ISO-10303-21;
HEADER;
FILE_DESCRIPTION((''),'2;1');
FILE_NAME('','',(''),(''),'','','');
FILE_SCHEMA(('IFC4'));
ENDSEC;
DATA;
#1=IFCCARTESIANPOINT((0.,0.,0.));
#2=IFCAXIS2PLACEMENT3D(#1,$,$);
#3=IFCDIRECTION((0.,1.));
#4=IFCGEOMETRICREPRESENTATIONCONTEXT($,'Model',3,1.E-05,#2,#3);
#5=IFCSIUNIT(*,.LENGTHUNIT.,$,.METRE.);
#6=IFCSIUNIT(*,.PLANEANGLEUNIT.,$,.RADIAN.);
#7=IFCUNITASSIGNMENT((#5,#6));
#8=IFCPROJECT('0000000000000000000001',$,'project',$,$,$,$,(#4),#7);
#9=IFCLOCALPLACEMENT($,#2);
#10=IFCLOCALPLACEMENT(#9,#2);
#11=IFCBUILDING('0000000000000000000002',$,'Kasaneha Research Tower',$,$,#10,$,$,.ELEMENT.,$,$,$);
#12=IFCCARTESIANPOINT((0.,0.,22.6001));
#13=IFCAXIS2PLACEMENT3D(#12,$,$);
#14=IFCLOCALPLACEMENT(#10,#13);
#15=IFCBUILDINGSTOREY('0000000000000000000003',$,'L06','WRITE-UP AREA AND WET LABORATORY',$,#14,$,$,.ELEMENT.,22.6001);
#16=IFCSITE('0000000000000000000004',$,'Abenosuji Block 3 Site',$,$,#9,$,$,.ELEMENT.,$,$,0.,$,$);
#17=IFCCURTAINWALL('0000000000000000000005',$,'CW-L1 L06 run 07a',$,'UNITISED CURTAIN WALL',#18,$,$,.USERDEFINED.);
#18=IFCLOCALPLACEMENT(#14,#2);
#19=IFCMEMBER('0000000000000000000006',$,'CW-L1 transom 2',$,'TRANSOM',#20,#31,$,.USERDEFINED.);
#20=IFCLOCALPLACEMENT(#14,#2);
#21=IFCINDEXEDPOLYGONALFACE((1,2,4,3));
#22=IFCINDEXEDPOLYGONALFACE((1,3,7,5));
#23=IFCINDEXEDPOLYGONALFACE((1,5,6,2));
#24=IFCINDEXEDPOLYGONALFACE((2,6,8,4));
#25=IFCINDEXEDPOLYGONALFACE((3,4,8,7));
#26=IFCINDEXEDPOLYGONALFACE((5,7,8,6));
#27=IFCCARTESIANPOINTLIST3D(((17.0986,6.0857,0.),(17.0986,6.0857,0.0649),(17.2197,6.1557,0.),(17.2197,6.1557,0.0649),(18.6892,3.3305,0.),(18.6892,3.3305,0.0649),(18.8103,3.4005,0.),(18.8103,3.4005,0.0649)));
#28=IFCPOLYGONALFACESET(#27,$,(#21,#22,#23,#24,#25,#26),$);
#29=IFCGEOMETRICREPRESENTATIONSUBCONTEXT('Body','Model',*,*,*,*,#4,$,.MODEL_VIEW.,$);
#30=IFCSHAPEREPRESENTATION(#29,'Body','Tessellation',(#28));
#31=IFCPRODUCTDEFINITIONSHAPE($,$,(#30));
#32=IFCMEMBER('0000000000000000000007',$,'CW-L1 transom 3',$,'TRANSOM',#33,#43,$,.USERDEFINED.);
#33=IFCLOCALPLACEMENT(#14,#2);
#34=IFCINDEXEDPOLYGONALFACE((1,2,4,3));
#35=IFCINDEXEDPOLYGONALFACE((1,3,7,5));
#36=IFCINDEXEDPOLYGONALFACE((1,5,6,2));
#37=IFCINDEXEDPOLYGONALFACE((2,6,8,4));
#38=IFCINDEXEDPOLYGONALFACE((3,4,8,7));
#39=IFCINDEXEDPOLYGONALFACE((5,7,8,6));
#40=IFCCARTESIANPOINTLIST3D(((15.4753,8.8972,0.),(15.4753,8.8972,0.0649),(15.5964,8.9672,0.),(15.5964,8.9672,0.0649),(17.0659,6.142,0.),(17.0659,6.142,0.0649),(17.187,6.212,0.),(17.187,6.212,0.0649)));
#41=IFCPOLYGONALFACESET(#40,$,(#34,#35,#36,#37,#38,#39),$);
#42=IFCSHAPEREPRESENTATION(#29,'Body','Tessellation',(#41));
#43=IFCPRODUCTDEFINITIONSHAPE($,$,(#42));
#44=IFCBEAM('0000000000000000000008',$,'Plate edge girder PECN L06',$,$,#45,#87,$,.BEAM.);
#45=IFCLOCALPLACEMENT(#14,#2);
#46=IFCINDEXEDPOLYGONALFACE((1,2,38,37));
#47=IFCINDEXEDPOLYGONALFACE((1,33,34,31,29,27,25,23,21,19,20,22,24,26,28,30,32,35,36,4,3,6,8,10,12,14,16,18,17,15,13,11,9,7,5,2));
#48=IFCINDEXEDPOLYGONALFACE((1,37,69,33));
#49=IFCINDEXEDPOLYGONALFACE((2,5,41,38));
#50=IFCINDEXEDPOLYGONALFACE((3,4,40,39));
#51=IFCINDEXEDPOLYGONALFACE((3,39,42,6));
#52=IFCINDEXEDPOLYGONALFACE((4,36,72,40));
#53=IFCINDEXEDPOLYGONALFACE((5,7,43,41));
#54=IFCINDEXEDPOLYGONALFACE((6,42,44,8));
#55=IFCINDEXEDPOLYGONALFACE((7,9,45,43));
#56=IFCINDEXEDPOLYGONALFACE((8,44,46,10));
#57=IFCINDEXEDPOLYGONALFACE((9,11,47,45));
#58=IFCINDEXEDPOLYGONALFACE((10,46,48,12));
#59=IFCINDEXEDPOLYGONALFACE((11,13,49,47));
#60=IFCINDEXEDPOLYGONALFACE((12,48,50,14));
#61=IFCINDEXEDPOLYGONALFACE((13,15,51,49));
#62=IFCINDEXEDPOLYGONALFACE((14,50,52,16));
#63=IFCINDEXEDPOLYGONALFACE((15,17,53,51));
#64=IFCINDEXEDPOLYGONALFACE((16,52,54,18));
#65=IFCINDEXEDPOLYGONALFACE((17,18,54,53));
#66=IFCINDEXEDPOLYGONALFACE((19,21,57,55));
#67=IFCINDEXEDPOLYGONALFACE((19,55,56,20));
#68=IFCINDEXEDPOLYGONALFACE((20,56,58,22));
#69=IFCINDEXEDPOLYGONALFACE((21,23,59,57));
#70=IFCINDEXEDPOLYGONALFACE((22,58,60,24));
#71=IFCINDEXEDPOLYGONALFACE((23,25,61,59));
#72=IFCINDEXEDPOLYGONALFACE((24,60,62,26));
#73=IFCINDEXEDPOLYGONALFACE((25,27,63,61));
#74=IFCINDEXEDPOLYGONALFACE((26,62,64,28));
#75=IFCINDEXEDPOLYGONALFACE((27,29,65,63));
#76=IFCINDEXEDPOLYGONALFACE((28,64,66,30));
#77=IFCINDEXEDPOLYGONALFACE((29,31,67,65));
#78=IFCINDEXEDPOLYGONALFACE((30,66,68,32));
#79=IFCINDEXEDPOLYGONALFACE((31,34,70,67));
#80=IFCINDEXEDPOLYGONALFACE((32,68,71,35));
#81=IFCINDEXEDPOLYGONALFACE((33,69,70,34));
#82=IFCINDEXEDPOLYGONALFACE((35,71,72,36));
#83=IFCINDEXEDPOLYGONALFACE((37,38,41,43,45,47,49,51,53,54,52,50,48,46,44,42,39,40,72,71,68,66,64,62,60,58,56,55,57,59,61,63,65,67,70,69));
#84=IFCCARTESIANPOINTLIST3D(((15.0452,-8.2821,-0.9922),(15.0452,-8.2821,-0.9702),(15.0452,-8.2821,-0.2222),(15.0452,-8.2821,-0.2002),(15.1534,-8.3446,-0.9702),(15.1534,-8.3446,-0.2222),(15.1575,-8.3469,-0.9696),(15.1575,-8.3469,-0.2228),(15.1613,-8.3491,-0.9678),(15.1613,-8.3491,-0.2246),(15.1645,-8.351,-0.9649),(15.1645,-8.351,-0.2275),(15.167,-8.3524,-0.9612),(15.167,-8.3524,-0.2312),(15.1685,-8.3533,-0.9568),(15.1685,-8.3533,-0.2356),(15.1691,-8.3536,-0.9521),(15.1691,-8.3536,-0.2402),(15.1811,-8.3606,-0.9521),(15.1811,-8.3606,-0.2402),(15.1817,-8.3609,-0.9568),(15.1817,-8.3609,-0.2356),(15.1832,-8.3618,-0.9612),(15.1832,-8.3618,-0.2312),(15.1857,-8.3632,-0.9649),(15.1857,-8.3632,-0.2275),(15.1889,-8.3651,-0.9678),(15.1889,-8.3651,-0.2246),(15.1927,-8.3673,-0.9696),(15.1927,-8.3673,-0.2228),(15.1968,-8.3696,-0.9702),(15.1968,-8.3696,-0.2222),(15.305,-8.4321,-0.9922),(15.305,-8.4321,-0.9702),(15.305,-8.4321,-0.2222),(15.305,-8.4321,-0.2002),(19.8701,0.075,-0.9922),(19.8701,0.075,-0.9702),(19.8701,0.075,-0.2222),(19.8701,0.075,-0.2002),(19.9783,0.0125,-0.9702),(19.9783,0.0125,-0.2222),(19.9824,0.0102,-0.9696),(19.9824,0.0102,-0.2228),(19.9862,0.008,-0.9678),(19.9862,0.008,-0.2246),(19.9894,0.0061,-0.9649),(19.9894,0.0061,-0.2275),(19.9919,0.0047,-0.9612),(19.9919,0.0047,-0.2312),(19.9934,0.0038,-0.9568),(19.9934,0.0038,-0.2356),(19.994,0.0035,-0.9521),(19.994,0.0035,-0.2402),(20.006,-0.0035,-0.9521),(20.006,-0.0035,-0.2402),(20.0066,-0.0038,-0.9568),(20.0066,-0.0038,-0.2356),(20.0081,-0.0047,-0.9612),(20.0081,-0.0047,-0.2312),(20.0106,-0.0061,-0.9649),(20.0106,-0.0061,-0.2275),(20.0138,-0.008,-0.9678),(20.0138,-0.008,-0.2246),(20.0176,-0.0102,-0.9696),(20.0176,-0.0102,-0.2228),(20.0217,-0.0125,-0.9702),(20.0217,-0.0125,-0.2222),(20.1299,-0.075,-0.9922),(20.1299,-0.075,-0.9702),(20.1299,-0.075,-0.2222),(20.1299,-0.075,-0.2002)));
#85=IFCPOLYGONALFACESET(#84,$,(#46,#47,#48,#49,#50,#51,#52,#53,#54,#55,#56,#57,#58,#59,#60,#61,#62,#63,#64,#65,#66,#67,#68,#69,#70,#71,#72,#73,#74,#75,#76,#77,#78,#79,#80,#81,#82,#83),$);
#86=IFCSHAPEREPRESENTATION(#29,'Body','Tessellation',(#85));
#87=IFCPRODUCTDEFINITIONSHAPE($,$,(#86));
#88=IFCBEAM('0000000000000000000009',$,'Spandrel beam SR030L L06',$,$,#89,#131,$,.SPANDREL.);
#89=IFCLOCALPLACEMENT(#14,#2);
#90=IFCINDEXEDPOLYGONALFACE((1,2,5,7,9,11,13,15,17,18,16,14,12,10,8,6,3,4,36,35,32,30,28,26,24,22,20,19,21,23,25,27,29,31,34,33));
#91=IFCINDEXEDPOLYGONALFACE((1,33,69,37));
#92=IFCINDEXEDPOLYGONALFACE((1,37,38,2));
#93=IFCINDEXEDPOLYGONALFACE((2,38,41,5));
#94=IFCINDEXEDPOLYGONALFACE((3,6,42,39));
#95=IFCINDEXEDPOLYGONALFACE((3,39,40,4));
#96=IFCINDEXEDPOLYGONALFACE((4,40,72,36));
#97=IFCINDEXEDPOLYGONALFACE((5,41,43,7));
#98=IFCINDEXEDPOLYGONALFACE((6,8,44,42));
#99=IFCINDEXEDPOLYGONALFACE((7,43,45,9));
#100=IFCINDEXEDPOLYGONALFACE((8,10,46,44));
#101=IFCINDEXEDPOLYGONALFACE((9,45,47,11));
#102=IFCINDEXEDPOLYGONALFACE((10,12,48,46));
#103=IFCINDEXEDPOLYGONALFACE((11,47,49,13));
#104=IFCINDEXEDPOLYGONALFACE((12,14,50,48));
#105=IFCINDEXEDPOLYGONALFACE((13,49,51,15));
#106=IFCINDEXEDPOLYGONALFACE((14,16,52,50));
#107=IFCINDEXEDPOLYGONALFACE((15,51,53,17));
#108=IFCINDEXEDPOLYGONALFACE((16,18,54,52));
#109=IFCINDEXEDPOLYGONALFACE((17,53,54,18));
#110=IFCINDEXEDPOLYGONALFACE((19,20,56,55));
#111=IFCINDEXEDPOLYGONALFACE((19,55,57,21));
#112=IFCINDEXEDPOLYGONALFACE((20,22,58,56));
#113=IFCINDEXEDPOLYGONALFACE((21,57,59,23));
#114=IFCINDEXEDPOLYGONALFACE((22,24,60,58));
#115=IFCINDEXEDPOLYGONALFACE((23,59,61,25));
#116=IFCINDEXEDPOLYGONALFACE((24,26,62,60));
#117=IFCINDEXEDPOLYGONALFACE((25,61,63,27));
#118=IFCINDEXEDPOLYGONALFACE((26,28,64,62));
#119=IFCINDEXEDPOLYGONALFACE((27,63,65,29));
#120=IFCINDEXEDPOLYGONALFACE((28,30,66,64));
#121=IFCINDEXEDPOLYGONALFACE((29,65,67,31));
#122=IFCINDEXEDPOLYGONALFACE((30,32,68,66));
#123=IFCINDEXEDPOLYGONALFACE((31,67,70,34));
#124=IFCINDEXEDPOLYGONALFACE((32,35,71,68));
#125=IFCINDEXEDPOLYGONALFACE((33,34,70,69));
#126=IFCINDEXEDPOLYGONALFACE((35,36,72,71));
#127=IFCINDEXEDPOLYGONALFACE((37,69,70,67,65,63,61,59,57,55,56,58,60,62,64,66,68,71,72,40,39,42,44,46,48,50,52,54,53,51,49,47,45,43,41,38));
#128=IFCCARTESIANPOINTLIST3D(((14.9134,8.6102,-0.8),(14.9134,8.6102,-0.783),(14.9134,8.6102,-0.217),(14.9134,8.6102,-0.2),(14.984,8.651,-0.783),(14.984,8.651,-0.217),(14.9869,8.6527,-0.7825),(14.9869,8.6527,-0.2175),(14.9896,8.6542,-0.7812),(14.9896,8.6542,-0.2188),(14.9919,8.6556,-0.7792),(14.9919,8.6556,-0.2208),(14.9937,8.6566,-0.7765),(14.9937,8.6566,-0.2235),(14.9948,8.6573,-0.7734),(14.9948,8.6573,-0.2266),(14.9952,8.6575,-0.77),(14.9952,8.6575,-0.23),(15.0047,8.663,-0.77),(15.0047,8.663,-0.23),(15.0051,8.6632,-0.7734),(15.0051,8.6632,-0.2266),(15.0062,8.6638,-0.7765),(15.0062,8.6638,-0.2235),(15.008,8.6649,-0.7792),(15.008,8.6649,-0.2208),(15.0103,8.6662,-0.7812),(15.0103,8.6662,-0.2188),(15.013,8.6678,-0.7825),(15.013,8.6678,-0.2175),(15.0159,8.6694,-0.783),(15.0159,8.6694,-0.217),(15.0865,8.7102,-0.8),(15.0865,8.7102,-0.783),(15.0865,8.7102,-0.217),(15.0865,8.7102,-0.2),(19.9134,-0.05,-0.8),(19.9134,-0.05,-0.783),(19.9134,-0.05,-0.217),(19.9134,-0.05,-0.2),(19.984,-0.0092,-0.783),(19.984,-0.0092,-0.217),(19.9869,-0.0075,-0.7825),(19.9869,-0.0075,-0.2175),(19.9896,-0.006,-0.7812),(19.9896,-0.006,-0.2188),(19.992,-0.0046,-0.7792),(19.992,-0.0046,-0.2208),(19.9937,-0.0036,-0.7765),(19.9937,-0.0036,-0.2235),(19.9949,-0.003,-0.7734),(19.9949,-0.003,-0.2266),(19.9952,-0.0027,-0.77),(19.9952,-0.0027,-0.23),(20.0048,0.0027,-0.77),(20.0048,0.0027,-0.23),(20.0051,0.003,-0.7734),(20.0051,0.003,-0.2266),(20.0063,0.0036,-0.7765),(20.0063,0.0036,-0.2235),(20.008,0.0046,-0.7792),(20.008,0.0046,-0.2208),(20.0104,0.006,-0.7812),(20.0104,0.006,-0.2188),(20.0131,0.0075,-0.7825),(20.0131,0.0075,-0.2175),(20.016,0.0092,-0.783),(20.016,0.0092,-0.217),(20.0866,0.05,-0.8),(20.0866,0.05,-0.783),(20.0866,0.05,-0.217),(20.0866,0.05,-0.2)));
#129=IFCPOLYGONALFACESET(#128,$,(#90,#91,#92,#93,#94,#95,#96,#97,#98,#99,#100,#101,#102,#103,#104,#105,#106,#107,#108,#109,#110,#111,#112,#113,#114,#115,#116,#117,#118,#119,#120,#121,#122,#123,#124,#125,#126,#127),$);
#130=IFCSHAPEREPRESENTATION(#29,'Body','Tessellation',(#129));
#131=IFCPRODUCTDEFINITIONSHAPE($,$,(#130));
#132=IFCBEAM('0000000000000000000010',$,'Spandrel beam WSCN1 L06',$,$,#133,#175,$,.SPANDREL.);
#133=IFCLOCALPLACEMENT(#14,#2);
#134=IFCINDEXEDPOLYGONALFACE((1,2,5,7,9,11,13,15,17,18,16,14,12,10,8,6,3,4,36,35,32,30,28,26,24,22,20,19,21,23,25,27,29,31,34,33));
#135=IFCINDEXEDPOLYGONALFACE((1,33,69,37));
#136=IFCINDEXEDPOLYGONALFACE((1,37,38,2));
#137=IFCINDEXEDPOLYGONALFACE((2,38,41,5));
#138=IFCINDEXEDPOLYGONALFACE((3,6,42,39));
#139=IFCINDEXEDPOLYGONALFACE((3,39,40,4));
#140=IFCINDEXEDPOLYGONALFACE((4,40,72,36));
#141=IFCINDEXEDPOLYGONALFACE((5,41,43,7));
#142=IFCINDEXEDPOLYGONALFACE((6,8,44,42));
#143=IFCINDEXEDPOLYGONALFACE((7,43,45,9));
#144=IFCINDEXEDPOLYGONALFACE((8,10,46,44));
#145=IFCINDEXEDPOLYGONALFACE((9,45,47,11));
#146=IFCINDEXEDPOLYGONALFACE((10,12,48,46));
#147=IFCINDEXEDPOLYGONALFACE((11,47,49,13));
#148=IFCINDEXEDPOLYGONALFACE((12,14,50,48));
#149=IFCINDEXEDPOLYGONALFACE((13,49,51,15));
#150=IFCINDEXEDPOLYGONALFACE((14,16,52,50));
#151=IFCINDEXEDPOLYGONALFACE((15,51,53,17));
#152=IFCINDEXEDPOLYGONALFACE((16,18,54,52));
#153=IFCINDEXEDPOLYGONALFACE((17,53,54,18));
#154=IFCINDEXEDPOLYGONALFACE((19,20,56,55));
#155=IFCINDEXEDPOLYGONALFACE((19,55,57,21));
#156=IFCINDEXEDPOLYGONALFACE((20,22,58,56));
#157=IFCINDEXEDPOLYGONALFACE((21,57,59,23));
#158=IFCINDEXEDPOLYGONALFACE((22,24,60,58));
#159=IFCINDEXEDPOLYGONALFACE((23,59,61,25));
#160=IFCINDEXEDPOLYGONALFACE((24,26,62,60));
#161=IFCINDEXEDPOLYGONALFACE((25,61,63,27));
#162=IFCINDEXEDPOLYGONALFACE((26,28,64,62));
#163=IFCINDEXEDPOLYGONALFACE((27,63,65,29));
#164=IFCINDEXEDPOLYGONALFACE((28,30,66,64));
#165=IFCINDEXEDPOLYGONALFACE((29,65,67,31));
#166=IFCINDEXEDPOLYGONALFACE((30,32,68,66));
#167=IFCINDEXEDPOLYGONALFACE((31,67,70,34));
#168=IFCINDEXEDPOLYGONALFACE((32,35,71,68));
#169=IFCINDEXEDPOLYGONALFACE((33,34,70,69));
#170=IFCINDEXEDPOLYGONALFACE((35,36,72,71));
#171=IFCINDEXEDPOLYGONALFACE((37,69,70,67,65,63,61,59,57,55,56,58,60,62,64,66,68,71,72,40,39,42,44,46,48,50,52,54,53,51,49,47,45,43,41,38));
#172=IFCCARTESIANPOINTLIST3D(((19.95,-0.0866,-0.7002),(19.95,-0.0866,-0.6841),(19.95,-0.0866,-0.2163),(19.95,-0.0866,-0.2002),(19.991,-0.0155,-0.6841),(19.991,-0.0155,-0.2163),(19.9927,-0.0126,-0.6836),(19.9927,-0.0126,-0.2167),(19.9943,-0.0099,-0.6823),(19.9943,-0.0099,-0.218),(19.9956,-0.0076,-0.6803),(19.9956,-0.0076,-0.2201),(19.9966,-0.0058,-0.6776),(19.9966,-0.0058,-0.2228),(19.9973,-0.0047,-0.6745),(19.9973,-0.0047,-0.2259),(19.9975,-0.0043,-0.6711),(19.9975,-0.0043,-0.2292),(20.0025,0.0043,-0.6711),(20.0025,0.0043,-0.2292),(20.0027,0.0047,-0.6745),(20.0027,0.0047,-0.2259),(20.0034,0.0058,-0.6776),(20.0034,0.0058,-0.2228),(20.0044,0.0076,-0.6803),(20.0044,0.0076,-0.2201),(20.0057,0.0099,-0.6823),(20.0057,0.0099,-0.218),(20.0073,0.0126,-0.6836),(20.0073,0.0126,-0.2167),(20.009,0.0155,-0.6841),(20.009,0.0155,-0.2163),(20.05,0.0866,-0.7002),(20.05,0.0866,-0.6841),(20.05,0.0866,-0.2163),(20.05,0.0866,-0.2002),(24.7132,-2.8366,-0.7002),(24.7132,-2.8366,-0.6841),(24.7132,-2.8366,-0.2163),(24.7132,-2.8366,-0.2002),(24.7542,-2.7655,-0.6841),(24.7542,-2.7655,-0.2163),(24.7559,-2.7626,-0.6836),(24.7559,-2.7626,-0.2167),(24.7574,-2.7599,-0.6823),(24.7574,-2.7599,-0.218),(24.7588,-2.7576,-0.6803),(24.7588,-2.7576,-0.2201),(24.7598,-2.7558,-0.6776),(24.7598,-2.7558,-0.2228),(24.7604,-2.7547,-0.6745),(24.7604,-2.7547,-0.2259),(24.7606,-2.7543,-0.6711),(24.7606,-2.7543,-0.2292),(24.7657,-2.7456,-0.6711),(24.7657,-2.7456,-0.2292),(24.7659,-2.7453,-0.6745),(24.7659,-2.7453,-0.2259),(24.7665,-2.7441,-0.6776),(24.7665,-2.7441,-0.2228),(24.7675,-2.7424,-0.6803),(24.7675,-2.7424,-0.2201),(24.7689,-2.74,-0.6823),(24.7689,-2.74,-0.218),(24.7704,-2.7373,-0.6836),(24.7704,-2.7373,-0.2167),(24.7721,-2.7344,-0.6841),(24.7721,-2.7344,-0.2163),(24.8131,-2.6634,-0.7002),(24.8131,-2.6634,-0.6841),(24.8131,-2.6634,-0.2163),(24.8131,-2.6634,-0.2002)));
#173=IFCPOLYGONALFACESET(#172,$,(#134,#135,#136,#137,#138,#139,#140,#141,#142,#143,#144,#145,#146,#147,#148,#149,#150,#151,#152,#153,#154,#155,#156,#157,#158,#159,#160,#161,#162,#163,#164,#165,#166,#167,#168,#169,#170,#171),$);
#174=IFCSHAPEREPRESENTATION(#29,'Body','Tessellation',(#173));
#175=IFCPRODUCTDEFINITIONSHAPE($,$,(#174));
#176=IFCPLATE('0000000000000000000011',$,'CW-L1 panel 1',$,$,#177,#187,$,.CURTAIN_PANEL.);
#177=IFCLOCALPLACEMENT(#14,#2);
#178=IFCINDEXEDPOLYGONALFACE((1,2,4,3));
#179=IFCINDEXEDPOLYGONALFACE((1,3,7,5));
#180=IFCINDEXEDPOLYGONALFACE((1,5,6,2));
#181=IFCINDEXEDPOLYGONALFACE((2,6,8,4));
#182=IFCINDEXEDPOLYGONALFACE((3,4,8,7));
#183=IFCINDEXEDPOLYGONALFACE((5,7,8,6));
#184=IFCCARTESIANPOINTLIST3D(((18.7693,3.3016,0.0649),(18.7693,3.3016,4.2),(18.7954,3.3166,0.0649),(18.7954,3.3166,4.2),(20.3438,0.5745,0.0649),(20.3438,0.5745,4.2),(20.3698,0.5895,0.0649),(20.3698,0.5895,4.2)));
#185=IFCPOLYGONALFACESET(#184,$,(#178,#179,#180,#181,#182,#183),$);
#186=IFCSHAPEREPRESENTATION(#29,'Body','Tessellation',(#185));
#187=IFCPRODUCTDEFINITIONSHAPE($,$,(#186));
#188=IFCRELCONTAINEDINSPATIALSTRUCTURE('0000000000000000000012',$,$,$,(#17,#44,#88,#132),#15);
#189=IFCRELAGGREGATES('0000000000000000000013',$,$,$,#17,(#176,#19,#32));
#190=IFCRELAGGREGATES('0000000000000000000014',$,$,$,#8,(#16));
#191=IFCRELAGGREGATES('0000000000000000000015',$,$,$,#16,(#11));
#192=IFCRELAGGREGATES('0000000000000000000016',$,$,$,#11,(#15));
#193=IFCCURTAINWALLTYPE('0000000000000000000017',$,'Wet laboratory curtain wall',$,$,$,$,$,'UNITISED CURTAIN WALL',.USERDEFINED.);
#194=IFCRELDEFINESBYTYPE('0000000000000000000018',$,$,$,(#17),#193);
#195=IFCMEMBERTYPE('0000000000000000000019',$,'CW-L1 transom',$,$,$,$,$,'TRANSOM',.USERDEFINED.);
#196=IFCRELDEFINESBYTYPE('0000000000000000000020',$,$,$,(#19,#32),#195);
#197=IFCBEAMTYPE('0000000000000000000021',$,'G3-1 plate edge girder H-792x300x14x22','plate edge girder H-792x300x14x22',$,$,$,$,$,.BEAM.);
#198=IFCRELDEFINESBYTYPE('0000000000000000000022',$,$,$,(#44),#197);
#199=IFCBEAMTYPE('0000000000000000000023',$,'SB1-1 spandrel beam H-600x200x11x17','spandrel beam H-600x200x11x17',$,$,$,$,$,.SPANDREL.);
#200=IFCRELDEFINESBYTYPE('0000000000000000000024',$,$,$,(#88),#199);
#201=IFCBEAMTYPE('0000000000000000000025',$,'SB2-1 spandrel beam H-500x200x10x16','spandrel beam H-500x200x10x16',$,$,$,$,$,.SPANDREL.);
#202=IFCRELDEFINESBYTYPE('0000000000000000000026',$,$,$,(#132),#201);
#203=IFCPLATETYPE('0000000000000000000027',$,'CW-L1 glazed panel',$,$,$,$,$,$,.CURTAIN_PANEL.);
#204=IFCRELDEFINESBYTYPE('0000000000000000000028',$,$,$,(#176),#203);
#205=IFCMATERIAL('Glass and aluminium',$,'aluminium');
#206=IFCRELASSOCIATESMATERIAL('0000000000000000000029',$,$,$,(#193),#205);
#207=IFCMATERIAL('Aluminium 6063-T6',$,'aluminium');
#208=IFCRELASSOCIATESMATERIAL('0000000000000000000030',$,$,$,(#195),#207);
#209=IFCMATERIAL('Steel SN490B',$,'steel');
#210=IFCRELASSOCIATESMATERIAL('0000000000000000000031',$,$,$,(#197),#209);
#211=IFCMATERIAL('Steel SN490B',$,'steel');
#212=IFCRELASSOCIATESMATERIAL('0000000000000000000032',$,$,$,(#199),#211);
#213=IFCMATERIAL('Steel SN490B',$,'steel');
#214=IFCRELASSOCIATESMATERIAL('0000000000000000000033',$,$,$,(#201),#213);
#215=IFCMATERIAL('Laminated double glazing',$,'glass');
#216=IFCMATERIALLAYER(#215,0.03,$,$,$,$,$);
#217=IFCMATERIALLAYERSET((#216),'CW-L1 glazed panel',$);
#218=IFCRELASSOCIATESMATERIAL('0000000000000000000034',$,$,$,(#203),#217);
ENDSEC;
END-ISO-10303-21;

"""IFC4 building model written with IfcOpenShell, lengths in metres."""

from ifc_helpers import new_model, si_unit, direction, frame, origin, origin_2d, place, context, subcontext, project, spatial, rectangle, i_section, extrude, material, layer, layer_set, material_profile, profile_set, type_object, element, aggregate, save


model = new_model("IFC4")

# Units and contexts
model_context = context("Model", 3, precision=1e-05, world=origin(), true_north=direction((0.0, 1.0)))
body_context = subcontext(model_context, "Body", "Model", "MODEL_VIEW")
ifc_project = project(units=[si_unit("LENGTHUNIT", "METRE"), si_unit("PLANEANGLEUNIT", "RADIAN")], contexts=[model_context])

# Site, building, storey
site_placement = place(None, origin())
site = spatial("IfcSite", under=ifc_project, at=site_placement, Name="Abenosuji Block 3 Site", CompositionType="ELEMENT", RefElevation=0.0)
building_placement = place(site_placement, origin())
building = spatial("IfcBuilding", under=site, at=building_placement, Name="Kasaneha Research Tower", CompositionType="ELEMENT")
storey_placement = place(building_placement, frame((0.0, 0.0, 22.6001)))
storey = spatial("IfcBuildingStorey", under=building, at=storey_placement, Name="L06", Description="WRITE-UP AREA AND WET LABORATORY", CompositionType="ELEMENT", Elevation=22.6001)

# Shared definitions
ifc_material_1 = material(Name="Glass and aluminium", Category="aluminium")
curtain_wall_type = type_object("IfcCurtainWallType", Name="Wet laboratory curtain wall", ElementType="UNITISED CURTAIN WALL", PredefinedType="USERDEFINED", material=ifc_material_1)

# Curtain wall, members
curtain_wall_1_placement = place(storey_placement, origin())
curtain_wall_1 = element("IfcCurtainWall", 1, at=curtain_wall_1_placement, inside=storey, type_object=curtain_wall_type, Name="CW-L1 L06 run 07a", ObjectType="UNITISED CURTAIN WALL", PredefinedType="USERDEFINED")
ifc_material_2 = material(Name="Aluminium 6063-T6", Category="aluminium")
ifc_material_profile_1 = material_profile(ifc_material_2, rectangle(XDim=0.1399, YDim=0.0649, at=origin_2d()), Name="CW-L1 transom 140x65")
ifc_profile_set_1 = profile_set([ifc_material_profile_1], Name="Aluminium 6063-T6")
member_type_1 = type_object("IfcMemberType", Name="CW-L1 transom", ElementType="TRANSOM", PredefinedType="USERDEFINED", material=ifc_profile_set_1)
member_1_placement = place(storey_placement, frame((18.7498, 3.3655, 0.0325), z_axis=(-0.499977, 0.866039, 0.0), x_axis=(-0.866039, -0.499977, 0.0)))
member_1 = element("IfcMember", 2, at=member_1_placement, type_object=member_type_1, Name="CW-L1 transom 2", ObjectType="TRANSOM", PredefinedType="USERDEFINED", context=body_context, shape_type="SweptSolid", body=[
    extrude(rectangle(XDim=0.1399, YDim=0.0649, at=origin_2d()), origin(), (0.0, 0.0, 1.0), 3.1814),
])
member_2_placement = place(storey_placement, frame((17.1265, 6.177, 0.0325), z_axis=(-0.499977, 0.866039, 0.0), x_axis=(-0.866039, -0.499977, 0.0)))
member_2 = element("IfcMember", 3, at=member_2_placement, type_object=member_type_1, Name="CW-L1 transom 3", ObjectType="TRANSOM", PredefinedType="USERDEFINED", context=body_context, shape_type="SweptSolid", body=[
    extrude(rectangle(XDim=0.1399, YDim=0.0649, at=origin_2d()), origin(), (0.0, 0.0, 1.0), 3.1814),
])

# Beams
ifc_material_3 = material(Name="Steel SN490B", Category="steel")
ifc_material_profile_2 = material_profile(ifc_material_3, i_section(OverallWidth=0.3, OverallDepth=0.792, WebThickness=0.0139, FlangeThickness=0.022, FilletRadius=0.0181, at=origin_2d()), Name="H-792x300x14x22")
ifc_profile_set_2 = profile_set([ifc_material_profile_2], Name="Steel SN490B")
beam_type_1 = type_object("IfcBeamType", Name="G3-1 plate edge girder H-792x300x14x22", Description="plate edge girder H-792x300x14x22", PredefinedType="BEAM", material=ifc_profile_set_2)
beam_1_placement = place(storey_placement, frame((20.0, 0.0, -0.5962), z_axis=(-0.499995, -0.866028, 0.0), x_axis=(0.866028, -0.499995, 0.0)))
element("IfcBeam", 4, at=beam_1_placement, inside=storey, type_object=beam_type_1, Name="Plate edge girder PECN L06", PredefinedType="BEAM", context=body_context, shape_type="SweptSolid", body=[
    extrude(i_section(OverallWidth=0.3, OverallDepth=0.792, WebThickness=0.0139, FlangeThickness=0.022, FilletRadius=0.0181, at=origin_2d()), origin(), (0.0, 0.0, 1.0), 9.6499),
])
ifc_material_4 = material(Name="Steel SN490B", Category="steel")
ifc_material_profile_3 = material_profile(ifc_material_4, i_section(OverallWidth=0.2, OverallDepth=0.6001, WebThickness=0.011, FlangeThickness=0.0171, FilletRadius=0.0129, at=origin_2d()), Name="H-600x200x11x17")
ifc_profile_set_3 = profile_set([ifc_material_profile_3], Name="Steel SN490B")
beam_type_2 = type_object("IfcBeamType", Name="SB1-1 spandrel beam H-600x200x11x17", Description="spandrel beam H-600x200x11x17", PredefinedType="SPANDREL", material=ifc_profile_set_3)
beam_2_placement = place(storey_placement, frame((20.0, 0.0, -0.5), z_axis=(-0.500004, 0.866023, 0.0), x_axis=(-0.866023, -0.500004, 0.0)))
element("IfcBeam", 5, at=beam_2_placement, inside=storey, type_object=beam_type_2, Name="Spandrel beam SR030L L06", PredefinedType="SPANDREL", context=body_context, shape_type="SweptSolid", body=[
    extrude(i_section(OverallWidth=0.2, OverallDepth=0.6001, WebThickness=0.011, FlangeThickness=0.0171, FilletRadius=0.0129, at=origin_2d()), origin(), (0.0, 0.0, 1.0), 10.0),
])
ifc_material_5 = material(Name="Steel SN490B", Category="steel")
ifc_material_profile_4 = material_profile(ifc_material_5, i_section(OverallWidth=0.2, OverallDepth=0.5, WebThickness=0.01, FlangeThickness=0.0161, FilletRadius=0.0129, at=origin_2d()), Name="H-500x200x10x16")
ifc_profile_set_4 = profile_set([ifc_material_profile_4], Name="Steel SN490B")
beam_type_3 = type_object("IfcBeamType", Name="SB2-1 spandrel beam H-500x200x10x16", Description="spandrel beam H-500x200x10x16", PredefinedType="SPANDREL", material=ifc_profile_set_4)
beam_3_placement = place(storey_placement, frame((20.0, 0.0, -0.4502), z_axis=(0.866027, -0.499997, 0.0), x_axis=(0.499997, 0.866027, 0.0)))
element("IfcBeam", 6, at=beam_3_placement, inside=storey, type_object=beam_type_3, Name="Spandrel beam WSCN1 L06", PredefinedType="SPANDREL", context=body_context, shape_type="SweptSolid", body=[
    extrude(i_section(OverallWidth=0.2, OverallDepth=0.5, WebThickness=0.01, FlangeThickness=0.0161, FilletRadius=0.0129, at=origin_2d()), origin(), (0.0, 0.0, 1.0), 5.5),
])

# Plate
ifc_material_6 = material(Name="Laminated double glazing", Category="glass")
ifc_layer_1 = layer(ifc_material_6, 0.03)
ifc_layer_set_1 = layer_set([ifc_layer_1], Name="CW-L1 glazed panel")
plate_type = type_object("IfcPlateType", Name="CW-L1 glazed panel", PredefinedType="CURTAIN_PANEL", material=ifc_layer_set_1)
plate_1_placement = place(storey_placement, frame((19.5696, 1.9456, 0.0649), z_axis=(0.0, 0.0, 1.0), x_axis=(-0.5, 0.866025, 0.0)))
plate_1 = element("IfcPlate", 7, at=plate_1_placement, type_object=plate_type, Name="CW-L1 panel 1", PredefinedType="CURTAIN_PANEL", context=body_context, shape_type="SweptSolid", body=[
    extrude(rectangle(XDim=3.1489, YDim=0.03, at=origin_2d()), origin(), (0.0, 0.0, 1.0), 4.135),
])
aggregate(curtain_wall_1, [plate_1, member_1, member_2])

save(model, "model.ifc")
